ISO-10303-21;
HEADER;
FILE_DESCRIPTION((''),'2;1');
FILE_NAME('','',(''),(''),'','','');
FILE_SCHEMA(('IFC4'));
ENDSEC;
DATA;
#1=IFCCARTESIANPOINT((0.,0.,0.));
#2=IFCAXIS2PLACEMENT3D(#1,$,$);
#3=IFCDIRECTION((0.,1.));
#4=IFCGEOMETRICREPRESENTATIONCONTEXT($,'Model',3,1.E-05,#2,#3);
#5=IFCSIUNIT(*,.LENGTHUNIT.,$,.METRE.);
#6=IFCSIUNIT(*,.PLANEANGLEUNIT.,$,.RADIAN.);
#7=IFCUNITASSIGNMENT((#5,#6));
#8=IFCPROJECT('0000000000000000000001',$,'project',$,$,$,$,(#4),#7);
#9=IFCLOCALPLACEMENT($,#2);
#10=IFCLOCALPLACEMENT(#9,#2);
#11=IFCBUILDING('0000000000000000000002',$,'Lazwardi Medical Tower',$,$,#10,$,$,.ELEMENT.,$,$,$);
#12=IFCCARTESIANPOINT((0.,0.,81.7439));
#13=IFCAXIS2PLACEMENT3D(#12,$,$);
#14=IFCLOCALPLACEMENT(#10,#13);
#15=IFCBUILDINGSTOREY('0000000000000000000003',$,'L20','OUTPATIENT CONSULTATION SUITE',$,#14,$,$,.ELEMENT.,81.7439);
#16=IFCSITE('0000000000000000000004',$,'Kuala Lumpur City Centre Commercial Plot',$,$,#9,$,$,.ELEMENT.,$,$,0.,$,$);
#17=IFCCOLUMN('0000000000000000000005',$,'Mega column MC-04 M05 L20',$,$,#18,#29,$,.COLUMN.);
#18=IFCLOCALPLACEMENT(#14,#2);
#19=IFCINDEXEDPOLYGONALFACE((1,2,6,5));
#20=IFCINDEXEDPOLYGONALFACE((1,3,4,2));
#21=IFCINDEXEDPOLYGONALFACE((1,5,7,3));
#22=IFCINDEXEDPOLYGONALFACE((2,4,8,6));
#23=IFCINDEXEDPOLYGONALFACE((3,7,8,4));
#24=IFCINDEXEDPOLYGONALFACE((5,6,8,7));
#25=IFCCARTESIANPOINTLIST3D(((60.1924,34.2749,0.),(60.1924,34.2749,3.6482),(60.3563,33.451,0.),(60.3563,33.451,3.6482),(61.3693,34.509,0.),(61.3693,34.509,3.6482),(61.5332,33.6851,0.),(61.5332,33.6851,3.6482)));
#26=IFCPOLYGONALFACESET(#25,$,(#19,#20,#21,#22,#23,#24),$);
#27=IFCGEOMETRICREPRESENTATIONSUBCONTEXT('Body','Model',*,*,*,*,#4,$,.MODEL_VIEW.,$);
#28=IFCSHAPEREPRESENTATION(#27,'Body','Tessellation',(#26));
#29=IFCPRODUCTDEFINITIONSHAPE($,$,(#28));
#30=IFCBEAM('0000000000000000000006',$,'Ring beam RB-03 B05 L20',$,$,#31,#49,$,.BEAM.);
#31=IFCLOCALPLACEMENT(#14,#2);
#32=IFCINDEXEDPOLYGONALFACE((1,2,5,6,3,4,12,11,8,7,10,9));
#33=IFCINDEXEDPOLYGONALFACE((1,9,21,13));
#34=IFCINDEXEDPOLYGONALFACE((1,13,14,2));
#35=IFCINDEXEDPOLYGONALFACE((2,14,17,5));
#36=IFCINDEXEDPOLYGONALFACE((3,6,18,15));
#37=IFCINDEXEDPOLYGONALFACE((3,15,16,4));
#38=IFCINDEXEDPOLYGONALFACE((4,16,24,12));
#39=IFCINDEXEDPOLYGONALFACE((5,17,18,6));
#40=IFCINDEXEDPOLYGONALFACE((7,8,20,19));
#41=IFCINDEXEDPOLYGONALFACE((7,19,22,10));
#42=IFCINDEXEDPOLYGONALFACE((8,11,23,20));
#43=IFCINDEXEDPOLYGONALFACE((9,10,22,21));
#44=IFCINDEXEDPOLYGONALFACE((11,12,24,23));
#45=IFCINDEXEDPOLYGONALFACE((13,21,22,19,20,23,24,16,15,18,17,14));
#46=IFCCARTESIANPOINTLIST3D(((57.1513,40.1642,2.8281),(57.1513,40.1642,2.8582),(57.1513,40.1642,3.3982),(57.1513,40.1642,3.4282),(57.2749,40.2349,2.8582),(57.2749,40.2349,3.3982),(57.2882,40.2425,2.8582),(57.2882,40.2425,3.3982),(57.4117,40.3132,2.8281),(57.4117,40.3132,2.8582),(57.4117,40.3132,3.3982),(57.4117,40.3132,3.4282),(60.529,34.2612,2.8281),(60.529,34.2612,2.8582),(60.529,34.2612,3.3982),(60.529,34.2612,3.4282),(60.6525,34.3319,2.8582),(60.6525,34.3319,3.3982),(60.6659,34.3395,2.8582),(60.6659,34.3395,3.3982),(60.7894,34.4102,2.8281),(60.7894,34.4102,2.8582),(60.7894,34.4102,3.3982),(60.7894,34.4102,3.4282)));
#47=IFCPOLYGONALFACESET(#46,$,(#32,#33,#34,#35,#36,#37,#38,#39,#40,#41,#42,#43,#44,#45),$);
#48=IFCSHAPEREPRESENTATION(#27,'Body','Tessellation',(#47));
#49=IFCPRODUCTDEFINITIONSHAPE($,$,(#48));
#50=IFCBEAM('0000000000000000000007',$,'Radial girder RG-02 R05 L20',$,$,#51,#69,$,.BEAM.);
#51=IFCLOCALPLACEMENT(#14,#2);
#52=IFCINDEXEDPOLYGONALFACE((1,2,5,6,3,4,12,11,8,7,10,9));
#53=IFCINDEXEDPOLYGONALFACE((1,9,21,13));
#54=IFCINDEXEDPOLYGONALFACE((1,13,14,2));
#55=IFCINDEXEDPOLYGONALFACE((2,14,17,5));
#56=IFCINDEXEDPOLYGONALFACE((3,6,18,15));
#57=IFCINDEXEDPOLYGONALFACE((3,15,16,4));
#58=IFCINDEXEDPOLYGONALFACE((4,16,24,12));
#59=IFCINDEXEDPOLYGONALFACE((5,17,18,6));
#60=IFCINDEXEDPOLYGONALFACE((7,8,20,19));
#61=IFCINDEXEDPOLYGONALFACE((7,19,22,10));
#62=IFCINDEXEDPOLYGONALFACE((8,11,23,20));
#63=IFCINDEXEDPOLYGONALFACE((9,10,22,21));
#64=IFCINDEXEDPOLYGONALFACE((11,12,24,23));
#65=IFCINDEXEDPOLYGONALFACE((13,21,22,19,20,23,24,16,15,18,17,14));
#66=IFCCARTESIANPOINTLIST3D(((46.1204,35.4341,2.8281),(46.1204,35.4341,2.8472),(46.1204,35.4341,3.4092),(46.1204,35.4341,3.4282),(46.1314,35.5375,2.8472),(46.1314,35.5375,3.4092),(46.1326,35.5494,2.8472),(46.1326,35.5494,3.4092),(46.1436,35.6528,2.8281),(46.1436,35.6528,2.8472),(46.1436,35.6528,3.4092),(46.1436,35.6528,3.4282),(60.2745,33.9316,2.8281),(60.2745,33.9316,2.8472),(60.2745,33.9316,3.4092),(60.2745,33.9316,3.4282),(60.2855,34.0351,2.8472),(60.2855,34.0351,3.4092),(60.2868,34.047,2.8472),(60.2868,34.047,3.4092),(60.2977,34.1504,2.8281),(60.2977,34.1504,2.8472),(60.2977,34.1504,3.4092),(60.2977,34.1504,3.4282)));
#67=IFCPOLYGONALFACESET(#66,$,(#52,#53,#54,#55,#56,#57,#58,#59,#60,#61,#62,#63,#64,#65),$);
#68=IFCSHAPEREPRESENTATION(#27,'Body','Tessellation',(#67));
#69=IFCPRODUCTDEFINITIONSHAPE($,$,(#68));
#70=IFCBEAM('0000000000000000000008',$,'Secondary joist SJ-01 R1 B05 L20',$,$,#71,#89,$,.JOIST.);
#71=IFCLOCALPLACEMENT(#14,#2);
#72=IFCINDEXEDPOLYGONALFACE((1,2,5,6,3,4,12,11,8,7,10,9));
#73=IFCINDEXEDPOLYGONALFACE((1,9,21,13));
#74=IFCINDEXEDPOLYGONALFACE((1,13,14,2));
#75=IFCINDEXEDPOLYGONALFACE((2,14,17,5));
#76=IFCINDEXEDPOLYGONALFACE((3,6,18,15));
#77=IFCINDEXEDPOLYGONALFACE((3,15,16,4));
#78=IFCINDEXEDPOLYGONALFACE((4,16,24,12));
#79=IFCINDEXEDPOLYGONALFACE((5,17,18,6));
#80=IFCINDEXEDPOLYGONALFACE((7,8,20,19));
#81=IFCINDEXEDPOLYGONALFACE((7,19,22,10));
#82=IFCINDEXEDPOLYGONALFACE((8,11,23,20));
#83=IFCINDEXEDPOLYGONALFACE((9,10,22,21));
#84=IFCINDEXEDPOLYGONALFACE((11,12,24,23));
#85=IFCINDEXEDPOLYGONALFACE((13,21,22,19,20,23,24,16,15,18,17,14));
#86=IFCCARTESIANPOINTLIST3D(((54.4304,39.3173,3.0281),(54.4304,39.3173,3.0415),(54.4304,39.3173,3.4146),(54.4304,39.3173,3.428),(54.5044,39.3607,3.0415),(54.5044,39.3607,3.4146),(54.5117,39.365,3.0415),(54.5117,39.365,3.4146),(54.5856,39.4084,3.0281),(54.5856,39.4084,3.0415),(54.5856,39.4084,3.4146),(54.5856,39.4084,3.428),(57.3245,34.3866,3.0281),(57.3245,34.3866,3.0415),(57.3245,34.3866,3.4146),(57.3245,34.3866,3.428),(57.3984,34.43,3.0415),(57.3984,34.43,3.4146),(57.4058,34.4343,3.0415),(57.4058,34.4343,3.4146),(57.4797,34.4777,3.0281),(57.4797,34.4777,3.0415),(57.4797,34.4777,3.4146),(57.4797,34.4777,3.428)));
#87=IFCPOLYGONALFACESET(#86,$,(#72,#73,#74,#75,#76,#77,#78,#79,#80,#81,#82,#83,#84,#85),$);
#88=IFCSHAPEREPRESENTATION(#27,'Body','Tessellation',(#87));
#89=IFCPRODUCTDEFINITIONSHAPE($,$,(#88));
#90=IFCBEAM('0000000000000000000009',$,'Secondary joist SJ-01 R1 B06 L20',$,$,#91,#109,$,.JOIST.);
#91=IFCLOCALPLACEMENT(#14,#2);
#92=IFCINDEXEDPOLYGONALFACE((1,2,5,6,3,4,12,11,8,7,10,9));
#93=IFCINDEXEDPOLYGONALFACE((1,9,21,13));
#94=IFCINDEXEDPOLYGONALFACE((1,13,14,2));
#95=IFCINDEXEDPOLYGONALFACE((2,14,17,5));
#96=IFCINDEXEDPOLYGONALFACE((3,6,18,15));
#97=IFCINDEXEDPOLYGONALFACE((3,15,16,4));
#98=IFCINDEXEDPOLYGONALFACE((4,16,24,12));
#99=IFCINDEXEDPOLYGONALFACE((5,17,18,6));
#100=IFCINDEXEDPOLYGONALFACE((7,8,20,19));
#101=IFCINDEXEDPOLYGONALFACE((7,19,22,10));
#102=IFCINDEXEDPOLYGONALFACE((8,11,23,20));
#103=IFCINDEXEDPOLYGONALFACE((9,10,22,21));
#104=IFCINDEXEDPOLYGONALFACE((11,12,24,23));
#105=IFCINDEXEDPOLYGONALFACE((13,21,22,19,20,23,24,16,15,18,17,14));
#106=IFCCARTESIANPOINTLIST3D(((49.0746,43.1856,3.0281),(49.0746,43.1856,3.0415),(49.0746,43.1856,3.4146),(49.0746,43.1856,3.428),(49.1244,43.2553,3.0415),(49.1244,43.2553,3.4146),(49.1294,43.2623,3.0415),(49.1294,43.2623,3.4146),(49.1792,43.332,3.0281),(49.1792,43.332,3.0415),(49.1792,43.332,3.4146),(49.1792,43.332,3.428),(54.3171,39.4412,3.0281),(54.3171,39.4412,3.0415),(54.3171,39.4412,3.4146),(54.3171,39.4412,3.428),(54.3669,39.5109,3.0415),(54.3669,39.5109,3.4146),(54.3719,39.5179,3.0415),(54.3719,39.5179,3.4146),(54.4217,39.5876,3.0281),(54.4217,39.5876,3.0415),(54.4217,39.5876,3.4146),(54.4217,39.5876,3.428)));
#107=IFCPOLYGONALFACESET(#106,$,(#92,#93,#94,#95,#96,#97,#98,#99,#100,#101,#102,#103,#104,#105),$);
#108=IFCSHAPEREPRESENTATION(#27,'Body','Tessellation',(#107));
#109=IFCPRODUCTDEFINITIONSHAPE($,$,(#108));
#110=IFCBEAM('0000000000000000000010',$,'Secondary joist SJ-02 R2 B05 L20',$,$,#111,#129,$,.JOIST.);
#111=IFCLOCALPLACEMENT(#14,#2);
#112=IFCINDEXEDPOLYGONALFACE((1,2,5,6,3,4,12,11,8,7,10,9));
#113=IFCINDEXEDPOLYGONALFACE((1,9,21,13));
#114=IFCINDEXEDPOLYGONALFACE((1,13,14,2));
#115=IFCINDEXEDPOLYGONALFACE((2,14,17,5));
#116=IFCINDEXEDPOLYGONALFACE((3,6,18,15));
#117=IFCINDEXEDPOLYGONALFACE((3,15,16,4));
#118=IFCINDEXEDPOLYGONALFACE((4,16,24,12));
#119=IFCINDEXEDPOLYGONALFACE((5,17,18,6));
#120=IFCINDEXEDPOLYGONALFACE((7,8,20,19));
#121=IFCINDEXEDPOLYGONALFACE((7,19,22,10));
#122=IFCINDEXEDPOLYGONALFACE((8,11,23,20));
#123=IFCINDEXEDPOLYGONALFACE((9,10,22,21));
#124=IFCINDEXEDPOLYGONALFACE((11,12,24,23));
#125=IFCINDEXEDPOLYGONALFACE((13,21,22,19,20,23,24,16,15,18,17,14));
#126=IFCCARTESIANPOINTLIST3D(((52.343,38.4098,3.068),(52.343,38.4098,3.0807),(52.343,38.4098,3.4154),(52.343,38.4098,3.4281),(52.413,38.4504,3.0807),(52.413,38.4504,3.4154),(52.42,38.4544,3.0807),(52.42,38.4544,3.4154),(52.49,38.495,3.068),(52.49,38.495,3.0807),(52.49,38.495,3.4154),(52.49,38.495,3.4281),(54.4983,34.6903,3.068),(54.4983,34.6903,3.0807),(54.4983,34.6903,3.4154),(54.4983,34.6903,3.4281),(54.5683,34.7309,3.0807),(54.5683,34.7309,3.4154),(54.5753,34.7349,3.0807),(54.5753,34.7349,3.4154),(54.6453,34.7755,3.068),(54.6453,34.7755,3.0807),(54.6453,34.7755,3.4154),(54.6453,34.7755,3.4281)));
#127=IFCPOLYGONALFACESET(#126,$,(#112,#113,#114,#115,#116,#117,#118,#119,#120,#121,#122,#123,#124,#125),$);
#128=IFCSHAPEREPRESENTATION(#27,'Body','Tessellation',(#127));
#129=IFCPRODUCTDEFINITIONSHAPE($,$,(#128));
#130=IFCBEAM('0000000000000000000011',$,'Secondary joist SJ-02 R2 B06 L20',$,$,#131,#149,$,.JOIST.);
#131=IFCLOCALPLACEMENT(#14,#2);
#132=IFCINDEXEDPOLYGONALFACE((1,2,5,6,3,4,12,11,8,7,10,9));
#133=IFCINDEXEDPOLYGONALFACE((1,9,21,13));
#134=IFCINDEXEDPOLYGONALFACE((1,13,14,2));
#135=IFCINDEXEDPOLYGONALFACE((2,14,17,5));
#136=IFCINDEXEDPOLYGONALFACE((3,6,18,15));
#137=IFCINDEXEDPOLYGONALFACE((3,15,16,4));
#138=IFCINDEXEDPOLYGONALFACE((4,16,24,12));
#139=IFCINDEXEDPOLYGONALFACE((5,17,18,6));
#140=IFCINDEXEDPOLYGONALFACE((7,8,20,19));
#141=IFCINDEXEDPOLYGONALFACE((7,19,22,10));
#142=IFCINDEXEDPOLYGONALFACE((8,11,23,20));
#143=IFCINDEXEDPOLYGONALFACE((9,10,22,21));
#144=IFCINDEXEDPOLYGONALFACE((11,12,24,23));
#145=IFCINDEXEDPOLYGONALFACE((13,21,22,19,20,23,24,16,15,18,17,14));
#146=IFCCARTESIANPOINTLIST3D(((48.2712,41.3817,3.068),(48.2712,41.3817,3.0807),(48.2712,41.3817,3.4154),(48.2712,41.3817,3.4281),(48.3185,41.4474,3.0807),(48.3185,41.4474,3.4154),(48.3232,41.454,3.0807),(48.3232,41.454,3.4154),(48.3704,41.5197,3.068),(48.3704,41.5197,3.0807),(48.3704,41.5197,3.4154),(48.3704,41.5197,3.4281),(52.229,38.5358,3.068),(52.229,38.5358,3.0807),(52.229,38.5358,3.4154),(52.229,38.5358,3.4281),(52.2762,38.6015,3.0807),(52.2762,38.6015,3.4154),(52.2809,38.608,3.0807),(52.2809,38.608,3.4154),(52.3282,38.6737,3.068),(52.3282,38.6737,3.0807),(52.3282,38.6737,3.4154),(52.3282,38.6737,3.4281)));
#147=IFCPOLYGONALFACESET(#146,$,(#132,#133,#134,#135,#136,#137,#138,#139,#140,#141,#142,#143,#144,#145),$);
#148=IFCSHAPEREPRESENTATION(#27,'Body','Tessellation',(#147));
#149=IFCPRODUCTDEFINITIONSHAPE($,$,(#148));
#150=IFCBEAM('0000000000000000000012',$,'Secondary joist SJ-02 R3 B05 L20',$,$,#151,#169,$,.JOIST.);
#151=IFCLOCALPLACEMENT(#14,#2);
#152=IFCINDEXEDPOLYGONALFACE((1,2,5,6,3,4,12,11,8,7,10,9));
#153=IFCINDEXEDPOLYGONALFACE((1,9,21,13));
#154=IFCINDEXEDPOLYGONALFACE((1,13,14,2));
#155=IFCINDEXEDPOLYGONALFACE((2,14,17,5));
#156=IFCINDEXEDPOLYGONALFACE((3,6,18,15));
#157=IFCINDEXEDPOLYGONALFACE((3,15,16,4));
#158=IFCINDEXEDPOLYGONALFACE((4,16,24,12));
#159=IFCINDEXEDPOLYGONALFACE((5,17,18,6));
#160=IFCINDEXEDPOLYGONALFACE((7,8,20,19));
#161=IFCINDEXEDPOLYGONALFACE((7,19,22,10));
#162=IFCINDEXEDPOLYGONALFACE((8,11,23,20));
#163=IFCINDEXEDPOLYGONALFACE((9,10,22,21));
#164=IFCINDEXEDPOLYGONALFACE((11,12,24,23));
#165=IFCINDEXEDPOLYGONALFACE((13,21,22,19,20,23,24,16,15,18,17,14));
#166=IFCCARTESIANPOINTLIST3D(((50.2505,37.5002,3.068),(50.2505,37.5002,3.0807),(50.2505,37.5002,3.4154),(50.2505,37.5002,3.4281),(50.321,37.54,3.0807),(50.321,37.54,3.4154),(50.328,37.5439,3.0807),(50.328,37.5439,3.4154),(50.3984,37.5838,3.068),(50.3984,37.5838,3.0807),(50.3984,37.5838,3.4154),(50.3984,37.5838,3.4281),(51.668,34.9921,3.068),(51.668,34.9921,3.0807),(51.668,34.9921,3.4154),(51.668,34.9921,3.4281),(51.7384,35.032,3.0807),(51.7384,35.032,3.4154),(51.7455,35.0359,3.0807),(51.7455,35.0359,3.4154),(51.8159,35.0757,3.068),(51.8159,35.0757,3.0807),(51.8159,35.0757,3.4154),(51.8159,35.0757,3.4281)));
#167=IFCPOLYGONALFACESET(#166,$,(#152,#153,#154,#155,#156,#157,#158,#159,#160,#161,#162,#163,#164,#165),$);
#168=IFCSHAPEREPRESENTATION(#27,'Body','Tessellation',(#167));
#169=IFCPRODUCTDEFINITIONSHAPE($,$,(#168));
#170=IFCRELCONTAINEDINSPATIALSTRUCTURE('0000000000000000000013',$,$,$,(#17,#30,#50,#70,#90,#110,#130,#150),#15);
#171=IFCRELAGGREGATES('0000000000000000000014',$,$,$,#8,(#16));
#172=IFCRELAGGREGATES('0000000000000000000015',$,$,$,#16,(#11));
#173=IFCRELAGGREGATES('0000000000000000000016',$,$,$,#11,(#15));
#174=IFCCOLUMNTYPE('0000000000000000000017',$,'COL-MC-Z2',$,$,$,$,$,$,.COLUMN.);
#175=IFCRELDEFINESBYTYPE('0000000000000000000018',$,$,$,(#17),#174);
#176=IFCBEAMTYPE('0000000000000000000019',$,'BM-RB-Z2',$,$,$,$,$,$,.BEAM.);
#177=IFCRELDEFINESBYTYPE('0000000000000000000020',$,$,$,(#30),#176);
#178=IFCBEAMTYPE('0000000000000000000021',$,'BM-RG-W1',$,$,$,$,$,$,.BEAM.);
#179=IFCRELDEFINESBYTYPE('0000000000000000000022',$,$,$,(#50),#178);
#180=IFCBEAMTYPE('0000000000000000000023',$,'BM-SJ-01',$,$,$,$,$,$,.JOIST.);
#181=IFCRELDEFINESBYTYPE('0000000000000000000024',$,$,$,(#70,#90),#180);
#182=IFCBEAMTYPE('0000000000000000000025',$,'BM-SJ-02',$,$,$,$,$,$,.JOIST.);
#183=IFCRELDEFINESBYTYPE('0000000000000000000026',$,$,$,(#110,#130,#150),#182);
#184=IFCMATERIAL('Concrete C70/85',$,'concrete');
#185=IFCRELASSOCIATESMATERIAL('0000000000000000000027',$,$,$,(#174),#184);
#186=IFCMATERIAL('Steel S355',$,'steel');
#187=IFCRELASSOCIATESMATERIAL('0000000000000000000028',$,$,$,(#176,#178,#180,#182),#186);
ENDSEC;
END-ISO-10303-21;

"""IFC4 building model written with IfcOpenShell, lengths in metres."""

from ifc_helpers import new_model, si_unit, direction, frame, origin, origin_2d, place, context, subcontext, project, spatial, rectangle, i_section, extrude, material, material_profile, profile_set, type_object, element, save


model = new_model("IFC4")

# Units and contexts
model_context = context("Model", 3, precision=1e-05, world=origin(), true_north=direction((0.0, 1.0)))
body_context = subcontext(model_context, "Body", "Model", "MODEL_VIEW")
ifc_project = project(units=[si_unit("LENGTHUNIT", "METRE"), si_unit("PLANEANGLEUNIT", "RADIAN")], contexts=[model_context])

# Site, building, storey
site_placement = place(None, origin())
site = spatial("IfcSite", under=ifc_project, at=site_placement, Name="Kuala Lumpur City Centre Commercial Plot", CompositionType="ELEMENT", RefElevation=0.0)
building_placement = place(site_placement, origin())
building = spatial("IfcBuilding", under=site, at=building_placement, Name="Lazwardi Medical Tower", CompositionType="ELEMENT")
storey_placement = place(building_placement, frame((0.0, 0.0, 81.7439)))
storey = spatial("IfcBuildingStorey", under=building, at=storey_placement, Name="L20", Description="OUTPATIENT CONSULTATION SUITE", CompositionType="ELEMENT", Elevation=81.7439)

# Column
ifc_material_1 = material(Name="Concrete C70/85", Category="concrete")
ifc_material_profile_1 = material_profile(ifc_material_1, rectangle(XDim=1.2, YDim=0.8401, at=origin_2d()), Name="CFT-RECT 1200x840")
ifc_profile_set_1 = profile_set([ifc_material_profile_1], Name="Concrete C70/85")
column_type = type_object("IfcColumnType", Name="COL-MC-Z2", PredefinedType="COLUMN", material=ifc_profile_set_1)
column_placement = place(storey_placement, frame((60.8628, 33.98, 0.0), z_axis=(0.0, 0.0, 1.0), x_axis=(0.980785, 0.19509, 0.0)))
element("IfcColumn", 1, at=column_placement, inside=storey, type_object=column_type, Name="Mega column MC-04 M05 L20", PredefinedType="COLUMN", context=body_context, shape_type="SweptSolid", body=[
    extrude(rectangle(XDim=1.2, YDim=0.8401, at=origin_2d()), origin(), (0.0, 0.0, 1.0), 3.6482),
])

# Beams
ifc_material_2 = material(Name="Steel S355", Category="steel")
ifc_material_profile_2 = material_profile(ifc_material_2, i_section(OverallWidth=0.3, OverallDepth=0.6001, WebThickness=0.0154, FlangeThickness=0.03, at=origin_2d()), Name="HEB 600")
ifc_profile_set_2 = profile_set([ifc_material_profile_2], Name="Steel S355")
beam_type_1 = type_object("IfcBeamType", Name="BM-RB-Z2", PredefinedType="BEAM", material=ifc_profile_set_2)
beam_1_placement = place(storey_placement, frame((60.6592, 34.3357, 3.1282), z_axis=(-0.496638, 0.867958, 0.0), x_axis=(-0.867958, -0.496638, 0.0)))
element("IfcBeam", 2, at=beam_1_placement, inside=storey, type_object=beam_type_1, Name="Ring beam RB-03 B05 L20", PredefinedType="BEAM", context=body_context, shape_type="SweptSolid", body=[
    extrude(i_section(OverallWidth=0.3, OverallDepth=0.6001, WebThickness=0.0154, FlangeThickness=0.03, at=origin_2d()), origin(), (0.0, 0.0, 1.0), 6.801),
])
ifc_material_profile_3 = material_profile(ifc_material_2, i_section(OverallWidth=0.22, OverallDepth=0.6001, WebThickness=0.012, FlangeThickness=0.019, at=origin_2d()), Name="IPE 600")
ifc_profile_set_3 = profile_set([ifc_material_profile_3], Name="Steel S355")
beam_type_2 = type_object("IfcBeamType", Name="BM-RG-W1", PredefinedType="BEAM", material=ifc_profile_set_3)
beam_2_placement = place(storey_placement, frame((60.2861, 34.041, 3.1282), z_axis=(-0.994413, 0.105556, 0.0), x_axis=(-0.105556, -0.994413, 0.0)))
element("IfcBeam", 3, at=beam_2_placement, inside=storey, type_object=beam_type_2, Name="Radial girder RG-02 R05 L20", PredefinedType="BEAM", context=body_context, shape_type="SweptSolid", body=[
    extrude(i_section(OverallWidth=0.22, OverallDepth=0.6001, WebThickness=0.012, FlangeThickness=0.019, at=origin_2d()), origin(), (0.0, 0.0, 1.0), 14.2336),
])
ifc_material_profile_4 = material_profile(ifc_material_2, i_section(OverallWidth=0.1799, OverallDepth=0.3999, WebThickness=0.0085, FlangeThickness=0.0134, at=origin_2d()), Name="IPE 400")
ifc_profile_set_4 = profile_set([ifc_material_profile_4], Name="Steel S355")
beam_type_3 = type_object("IfcBeamType", Name="BM-SJ-01", PredefinedType="JOIST", material=ifc_profile_set_4)
beam_3_placement = place(storey_placement, frame((57.4021, 34.4321, 3.228), z_axis=(-0.506195, 0.862419, 0.0), x_axis=(-0.862419, -0.506195, 0.0)))
element("IfcBeam", 4, at=beam_3_placement, inside=storey, type_object=beam_type_3, Name="Secondary joist SJ-01 R1 B05 L20", PredefinedType="JOIST", context=body_context, shape_type="SweptSolid", body=[
    extrude(i_section(OverallWidth=0.1799, OverallDepth=0.3999, WebThickness=0.0085, FlangeThickness=0.0134, at=origin_2d()), origin(), (0.0, 0.0, 1.0), 5.7173),
])
beam_4_placement = place(storey_placement, frame((54.3694, 39.5144, 3.228), z_axis=(-0.813749, 0.581217, 0.0), x_axis=(-0.581217, -0.813749, 0.0)))
element("IfcBeam", 5, at=beam_4_placement, inside=storey, type_object=beam_type_3, Name="Secondary joist SJ-01 R1 B06 L20", PredefinedType="JOIST", context=body_context, shape_type="SweptSolid", body=[
    extrude(i_section(OverallWidth=0.1799, OverallDepth=0.3999, WebThickness=0.0085, FlangeThickness=0.0134, at=origin_2d()), origin(), (0.0, 0.0, 1.0), 6.4424),
])
ifc_material_profile_5 = material_profile(ifc_material_2, i_section(OverallWidth=0.1699, OverallDepth=0.3601, WebThickness=0.0081, FlangeThickness=0.0127, at=origin_2d()), Name="IPE 360")
ifc_profile_set_5 = profile_set([ifc_material_profile_5], Name="Steel S355")
beam_type_4 = type_object("IfcBeamType", Name="BM-SJ-02", PredefinedType="JOIST", material=ifc_profile_set_5)
beam_5_placement = place(storey_placement, frame((54.5718, 34.7329, 3.248), z_axis=(-0.501365, 0.865236, 0.0), x_axis=(-0.865236, -0.501365, 0.0)))
element("IfcBeam", 6, at=beam_5_placement, inside=storey, type_object=beam_type_4, Name="Secondary joist SJ-02 R2 B05 L20", PredefinedType="JOIST", context=body_context, shape_type="SweptSolid", body=[
    extrude(i_section(OverallWidth=0.1699, OverallDepth=0.3601, WebThickness=0.0081, FlangeThickness=0.0127, at=origin_2d()), origin(), (0.0, 0.0, 1.0), 4.2988),
])
beam_6_placement = place(storey_placement, frame((52.2786, 38.6047, 3.248), z_axis=(-0.811889, 0.583813, 0.0), x_axis=(-0.583813, -0.811889, 0.0)))
element("IfcBeam", 7, at=beam_6_placement, inside=storey, type_object=beam_type_4, Name="Secondary joist SJ-02 R2 B06 L20", PredefinedType="JOIST", context=body_context, shape_type="SweptSolid", body=[
    extrude(i_section(OverallWidth=0.1699, OverallDepth=0.3601, WebThickness=0.0081, FlangeThickness=0.0127, at=origin_2d()), origin(), (0.0, 0.0, 1.0), 4.8748),
])
beam_7_placement = place(storey_placement, frame((51.7419, 35.0339, 3.248), z_axis=(-0.492027, 0.87058, 0.0), x_axis=(-0.87058, -0.492027, 0.0)))
element("IfcBeam", 8, at=beam_7_placement, inside=storey, type_object=beam_type_4, Name="Secondary joist SJ-02 R3 B05 L20", PredefinedType="JOIST", context=body_context, shape_type="SweptSolid", body=[
    extrude(i_section(OverallWidth=0.1699, OverallDepth=0.3601, WebThickness=0.0081, FlangeThickness=0.0127, at=origin_2d()), origin(), (0.0, 0.0, 1.0), 2.8809),
])

save(model, "model.ifc")
